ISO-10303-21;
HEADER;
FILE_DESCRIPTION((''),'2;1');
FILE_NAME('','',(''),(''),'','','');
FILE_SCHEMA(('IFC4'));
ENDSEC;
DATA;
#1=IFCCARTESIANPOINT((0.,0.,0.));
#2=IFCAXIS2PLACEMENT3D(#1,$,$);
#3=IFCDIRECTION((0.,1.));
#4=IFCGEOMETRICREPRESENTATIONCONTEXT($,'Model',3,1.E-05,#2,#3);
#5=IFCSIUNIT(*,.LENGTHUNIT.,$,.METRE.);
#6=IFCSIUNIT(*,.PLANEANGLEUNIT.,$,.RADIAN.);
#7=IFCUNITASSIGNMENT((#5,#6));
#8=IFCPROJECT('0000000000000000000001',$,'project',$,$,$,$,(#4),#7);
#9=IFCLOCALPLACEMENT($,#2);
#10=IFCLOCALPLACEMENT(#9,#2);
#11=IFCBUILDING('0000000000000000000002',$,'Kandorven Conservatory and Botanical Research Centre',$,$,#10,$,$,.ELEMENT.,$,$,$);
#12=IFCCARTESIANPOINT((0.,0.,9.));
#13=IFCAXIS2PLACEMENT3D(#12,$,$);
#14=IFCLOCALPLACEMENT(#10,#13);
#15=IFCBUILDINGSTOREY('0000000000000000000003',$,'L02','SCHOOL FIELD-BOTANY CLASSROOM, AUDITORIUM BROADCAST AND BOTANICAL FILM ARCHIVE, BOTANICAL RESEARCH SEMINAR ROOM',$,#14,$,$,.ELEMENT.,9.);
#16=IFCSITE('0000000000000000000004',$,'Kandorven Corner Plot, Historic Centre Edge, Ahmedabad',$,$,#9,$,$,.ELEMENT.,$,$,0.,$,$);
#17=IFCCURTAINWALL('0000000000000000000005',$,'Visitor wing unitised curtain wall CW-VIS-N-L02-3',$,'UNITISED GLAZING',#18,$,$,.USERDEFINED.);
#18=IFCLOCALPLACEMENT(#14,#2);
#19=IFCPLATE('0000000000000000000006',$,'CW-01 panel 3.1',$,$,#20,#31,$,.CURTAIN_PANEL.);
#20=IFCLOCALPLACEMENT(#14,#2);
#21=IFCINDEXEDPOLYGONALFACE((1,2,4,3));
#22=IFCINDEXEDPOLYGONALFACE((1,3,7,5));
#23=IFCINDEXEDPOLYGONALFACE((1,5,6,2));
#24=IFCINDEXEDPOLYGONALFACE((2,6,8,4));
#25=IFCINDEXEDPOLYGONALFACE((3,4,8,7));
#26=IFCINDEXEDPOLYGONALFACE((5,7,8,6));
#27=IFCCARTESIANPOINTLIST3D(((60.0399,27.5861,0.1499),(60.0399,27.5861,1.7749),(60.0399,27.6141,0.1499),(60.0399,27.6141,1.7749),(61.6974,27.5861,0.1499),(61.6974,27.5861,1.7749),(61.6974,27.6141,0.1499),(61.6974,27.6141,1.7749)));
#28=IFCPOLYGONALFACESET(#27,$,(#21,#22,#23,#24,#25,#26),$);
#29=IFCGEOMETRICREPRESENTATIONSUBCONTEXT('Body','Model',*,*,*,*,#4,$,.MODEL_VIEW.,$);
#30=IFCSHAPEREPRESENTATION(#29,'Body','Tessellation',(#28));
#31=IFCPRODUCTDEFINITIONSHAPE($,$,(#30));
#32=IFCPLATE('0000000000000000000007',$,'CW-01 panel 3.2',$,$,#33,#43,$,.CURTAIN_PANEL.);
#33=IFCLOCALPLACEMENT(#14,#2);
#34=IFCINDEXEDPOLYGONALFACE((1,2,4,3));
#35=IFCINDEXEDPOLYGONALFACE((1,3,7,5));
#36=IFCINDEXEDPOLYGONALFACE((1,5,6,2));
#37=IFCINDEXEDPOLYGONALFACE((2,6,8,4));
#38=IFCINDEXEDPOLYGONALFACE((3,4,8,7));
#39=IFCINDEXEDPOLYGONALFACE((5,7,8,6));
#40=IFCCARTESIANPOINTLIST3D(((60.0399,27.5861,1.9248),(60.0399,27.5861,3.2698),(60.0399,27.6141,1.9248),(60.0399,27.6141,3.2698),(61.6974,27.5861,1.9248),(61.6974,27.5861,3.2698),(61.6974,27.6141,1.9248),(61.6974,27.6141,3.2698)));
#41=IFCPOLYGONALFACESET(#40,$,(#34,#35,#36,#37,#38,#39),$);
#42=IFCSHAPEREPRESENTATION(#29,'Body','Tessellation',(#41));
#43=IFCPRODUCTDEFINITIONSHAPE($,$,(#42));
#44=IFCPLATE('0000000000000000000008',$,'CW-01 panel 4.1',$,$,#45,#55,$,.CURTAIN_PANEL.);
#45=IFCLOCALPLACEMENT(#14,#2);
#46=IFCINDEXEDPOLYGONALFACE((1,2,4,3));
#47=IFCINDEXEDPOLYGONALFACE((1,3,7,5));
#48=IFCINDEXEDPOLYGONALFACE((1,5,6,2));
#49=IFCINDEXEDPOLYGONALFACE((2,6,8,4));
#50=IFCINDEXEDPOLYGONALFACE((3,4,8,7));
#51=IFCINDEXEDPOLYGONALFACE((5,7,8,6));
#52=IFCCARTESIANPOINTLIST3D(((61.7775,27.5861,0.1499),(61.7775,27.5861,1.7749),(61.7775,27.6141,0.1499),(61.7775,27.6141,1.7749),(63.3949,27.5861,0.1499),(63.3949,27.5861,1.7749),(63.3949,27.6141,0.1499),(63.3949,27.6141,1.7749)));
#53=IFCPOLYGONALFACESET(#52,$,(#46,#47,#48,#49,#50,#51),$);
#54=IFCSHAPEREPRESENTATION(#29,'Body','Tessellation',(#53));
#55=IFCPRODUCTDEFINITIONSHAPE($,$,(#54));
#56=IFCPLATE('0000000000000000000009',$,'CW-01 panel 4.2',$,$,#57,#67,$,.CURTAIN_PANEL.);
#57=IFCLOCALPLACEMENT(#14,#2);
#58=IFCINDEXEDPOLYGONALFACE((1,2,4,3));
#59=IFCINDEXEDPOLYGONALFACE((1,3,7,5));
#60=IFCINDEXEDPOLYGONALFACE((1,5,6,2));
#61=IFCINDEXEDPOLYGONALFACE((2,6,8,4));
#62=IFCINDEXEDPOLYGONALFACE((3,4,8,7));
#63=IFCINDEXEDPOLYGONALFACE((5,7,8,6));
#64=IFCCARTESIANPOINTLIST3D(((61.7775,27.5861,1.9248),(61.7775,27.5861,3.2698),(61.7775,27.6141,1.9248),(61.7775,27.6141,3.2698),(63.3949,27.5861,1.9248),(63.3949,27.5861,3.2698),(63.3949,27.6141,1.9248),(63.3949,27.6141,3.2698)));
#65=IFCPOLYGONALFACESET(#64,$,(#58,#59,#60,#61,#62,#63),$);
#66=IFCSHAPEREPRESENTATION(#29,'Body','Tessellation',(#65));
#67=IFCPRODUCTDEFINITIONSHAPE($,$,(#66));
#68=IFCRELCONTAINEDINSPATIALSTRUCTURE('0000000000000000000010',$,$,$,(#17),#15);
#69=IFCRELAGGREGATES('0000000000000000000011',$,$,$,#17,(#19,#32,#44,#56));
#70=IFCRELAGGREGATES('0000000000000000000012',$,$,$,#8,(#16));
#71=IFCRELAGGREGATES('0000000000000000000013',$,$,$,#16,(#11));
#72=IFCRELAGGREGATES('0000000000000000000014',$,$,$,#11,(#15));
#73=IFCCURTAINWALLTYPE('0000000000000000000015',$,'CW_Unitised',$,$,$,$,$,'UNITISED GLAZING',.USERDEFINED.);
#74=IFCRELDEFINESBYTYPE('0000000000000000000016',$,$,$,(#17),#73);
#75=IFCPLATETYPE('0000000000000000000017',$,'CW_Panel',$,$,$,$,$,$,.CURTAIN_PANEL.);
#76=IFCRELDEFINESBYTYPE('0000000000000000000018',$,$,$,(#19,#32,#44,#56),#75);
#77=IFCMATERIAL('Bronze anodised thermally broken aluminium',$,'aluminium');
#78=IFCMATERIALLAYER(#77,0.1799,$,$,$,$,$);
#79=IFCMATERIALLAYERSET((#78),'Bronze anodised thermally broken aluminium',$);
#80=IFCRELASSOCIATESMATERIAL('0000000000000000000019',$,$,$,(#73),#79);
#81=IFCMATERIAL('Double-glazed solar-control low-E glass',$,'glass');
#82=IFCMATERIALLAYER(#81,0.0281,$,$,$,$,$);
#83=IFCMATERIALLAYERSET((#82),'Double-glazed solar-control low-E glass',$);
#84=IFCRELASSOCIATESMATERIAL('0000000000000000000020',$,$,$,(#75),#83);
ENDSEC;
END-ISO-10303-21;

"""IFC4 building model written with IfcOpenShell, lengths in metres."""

from ifc_helpers import new_model, si_unit, direction, frame, origin, origin_2d, place, context, subcontext, project, spatial, rectangle, extrude, material, layer, layer_set, type_object, element, aggregate, save


model = new_model("IFC4")

# Units and contexts
model_context = context("Model", 3, precision=1e-05, world=origin(), true_north=direction((0.0, 1.0)))
body_context = subcontext(model_context, "Body", "Model", "MODEL_VIEW")
ifc_project = project(units=[si_unit("LENGTHUNIT", "METRE"), si_unit("PLANEANGLEUNIT", "RADIAN")], contexts=[model_context])

# Site, building, storey
site_placement = place(None, origin())
site = spatial("IfcSite", under=ifc_project, at=site_placement, Name="Kandorven Corner Plot, Historic Centre Edge, Ahmedabad", CompositionType="ELEMENT", RefElevation=0.0)
building_placement = place(site_placement, origin())
building = spatial("IfcBuilding", under=site, at=building_placement, Name="Kandorven Conservatory and Botanical Research Centre", CompositionType="ELEMENT")
storey_placement = place(building_placement, frame((0.0, 0.0, 9.0)))
storey = spatial("IfcBuildingStorey", under=building, at=storey_placement, Name="L02", Description="SCHOOL FIELD-BOTANY CLASSROOM, AUDITORIUM BROADCAST AND BOTANICAL FILM ARCHIVE, BOTANICAL RESEARCH SEMINAR ROOM", CompositionType="ELEMENT", Elevation=9.0)

# Curtain wall, plates
ifc_material_1 = material(Name="Bronze anodised thermally broken aluminium", Category="aluminium")
ifc_layer_1 = layer(ifc_material_1, 0.1799)
ifc_layer_set_1 = layer_set([ifc_layer_1], Name="Bronze anodised thermally broken aluminium")
curtain_wall_type = type_object("IfcCurtainWallType", Name="CW_Unitised", ElementType="UNITISED GLAZING", PredefinedType="USERDEFINED", material=ifc_layer_set_1)
curtain_wall_placement = place(storey_placement, origin())
curtain_wall = element("IfcCurtainWall", 1, at=curtain_wall_placement, inside=storey, type_object=curtain_wall_type, Name="Visitor wing unitised curtain wall CW-VIS-N-L02-3", ObjectType="UNITISED GLAZING", PredefinedType="USERDEFINED")
ifc_material_2 = material(Name="Double-glazed solar-control low-E glass", Category="glass")
ifc_layer_2 = layer(ifc_material_2, 0.0281)
ifc_layer_set_2 = layer_set([ifc_layer_2], Name="Double-glazed solar-control low-E glass")
plate_type = type_object("IfcPlateType", Name="CW_Panel", PredefinedType="CURTAIN_PANEL", material=ifc_layer_set_2)
plate_1_placement = place(storey_placement, frame((60.8687, 27.6001, 0.1499), z_axis=(0.0, 0.0, 1.0), x_axis=(1.0, 0.0, 0.0)))
plate_1 = element("IfcPlate", 2, at=plate_1_placement, type_object=plate_type, Name="CW-01 panel 3.1", PredefinedType="CURTAIN_PANEL", context=body_context, shape_type="SweptSolid", body=[
    extrude(rectangle(XDim=1.6575, YDim=0.0281, at=origin_2d()), origin(), (0.0, 0.0, 1.0), 1.625),
])
plate_2_placement = place(storey_placement, frame((60.8687, 27.6001, 1.9248), z_axis=(0.0, 0.0, 1.0), x_axis=(1.0, 0.0, 0.0)))
plate_2 = element("IfcPlate", 3, at=plate_2_placement, type_object=plate_type, Name="CW-01 panel 3.2", PredefinedType="CURTAIN_PANEL", context=body_context, shape_type="SweptSolid", body=[
    extrude(rectangle(XDim=1.6575, YDim=0.0281, at=origin_2d()), origin(), (0.0, 0.0, 1.0), 1.345),
])
plate_3_placement = place(storey_placement, frame((62.5862, 27.6001, 0.1499), z_axis=(0.0, 0.0, 1.0), x_axis=(1.0, 0.0, 0.0)))
plate_3 = element("IfcPlate", 4, at=plate_3_placement, type_object=plate_type, Name="CW-01 panel 4.1", PredefinedType="CURTAIN_PANEL", context=body_context, shape_type="SweptSolid", body=[
    extrude(rectangle(XDim=1.6174, YDim=0.0281, at=origin_2d()), origin(), (0.0, 0.0, 1.0), 1.625),
])
plate_4_placement = place(storey_placement, frame((62.5862, 27.6001, 1.9248), z_axis=(0.0, 0.0, 1.0), x_axis=(1.0, 0.0, 0.0)))
plate_4 = element("IfcPlate", 5, at=plate_4_placement, type_object=plate_type, Name="CW-01 panel 4.2", PredefinedType="CURTAIN_PANEL", context=body_context, shape_type="SweptSolid", body=[
    extrude(rectangle(XDim=1.6174, YDim=0.0281, at=origin_2d()), origin(), (0.0, 0.0, 1.0), 1.345),
])
aggregate(curtain_wall, [plate_1, plate_2, plate_3, plate_4])

save(model, "model.ifc")
